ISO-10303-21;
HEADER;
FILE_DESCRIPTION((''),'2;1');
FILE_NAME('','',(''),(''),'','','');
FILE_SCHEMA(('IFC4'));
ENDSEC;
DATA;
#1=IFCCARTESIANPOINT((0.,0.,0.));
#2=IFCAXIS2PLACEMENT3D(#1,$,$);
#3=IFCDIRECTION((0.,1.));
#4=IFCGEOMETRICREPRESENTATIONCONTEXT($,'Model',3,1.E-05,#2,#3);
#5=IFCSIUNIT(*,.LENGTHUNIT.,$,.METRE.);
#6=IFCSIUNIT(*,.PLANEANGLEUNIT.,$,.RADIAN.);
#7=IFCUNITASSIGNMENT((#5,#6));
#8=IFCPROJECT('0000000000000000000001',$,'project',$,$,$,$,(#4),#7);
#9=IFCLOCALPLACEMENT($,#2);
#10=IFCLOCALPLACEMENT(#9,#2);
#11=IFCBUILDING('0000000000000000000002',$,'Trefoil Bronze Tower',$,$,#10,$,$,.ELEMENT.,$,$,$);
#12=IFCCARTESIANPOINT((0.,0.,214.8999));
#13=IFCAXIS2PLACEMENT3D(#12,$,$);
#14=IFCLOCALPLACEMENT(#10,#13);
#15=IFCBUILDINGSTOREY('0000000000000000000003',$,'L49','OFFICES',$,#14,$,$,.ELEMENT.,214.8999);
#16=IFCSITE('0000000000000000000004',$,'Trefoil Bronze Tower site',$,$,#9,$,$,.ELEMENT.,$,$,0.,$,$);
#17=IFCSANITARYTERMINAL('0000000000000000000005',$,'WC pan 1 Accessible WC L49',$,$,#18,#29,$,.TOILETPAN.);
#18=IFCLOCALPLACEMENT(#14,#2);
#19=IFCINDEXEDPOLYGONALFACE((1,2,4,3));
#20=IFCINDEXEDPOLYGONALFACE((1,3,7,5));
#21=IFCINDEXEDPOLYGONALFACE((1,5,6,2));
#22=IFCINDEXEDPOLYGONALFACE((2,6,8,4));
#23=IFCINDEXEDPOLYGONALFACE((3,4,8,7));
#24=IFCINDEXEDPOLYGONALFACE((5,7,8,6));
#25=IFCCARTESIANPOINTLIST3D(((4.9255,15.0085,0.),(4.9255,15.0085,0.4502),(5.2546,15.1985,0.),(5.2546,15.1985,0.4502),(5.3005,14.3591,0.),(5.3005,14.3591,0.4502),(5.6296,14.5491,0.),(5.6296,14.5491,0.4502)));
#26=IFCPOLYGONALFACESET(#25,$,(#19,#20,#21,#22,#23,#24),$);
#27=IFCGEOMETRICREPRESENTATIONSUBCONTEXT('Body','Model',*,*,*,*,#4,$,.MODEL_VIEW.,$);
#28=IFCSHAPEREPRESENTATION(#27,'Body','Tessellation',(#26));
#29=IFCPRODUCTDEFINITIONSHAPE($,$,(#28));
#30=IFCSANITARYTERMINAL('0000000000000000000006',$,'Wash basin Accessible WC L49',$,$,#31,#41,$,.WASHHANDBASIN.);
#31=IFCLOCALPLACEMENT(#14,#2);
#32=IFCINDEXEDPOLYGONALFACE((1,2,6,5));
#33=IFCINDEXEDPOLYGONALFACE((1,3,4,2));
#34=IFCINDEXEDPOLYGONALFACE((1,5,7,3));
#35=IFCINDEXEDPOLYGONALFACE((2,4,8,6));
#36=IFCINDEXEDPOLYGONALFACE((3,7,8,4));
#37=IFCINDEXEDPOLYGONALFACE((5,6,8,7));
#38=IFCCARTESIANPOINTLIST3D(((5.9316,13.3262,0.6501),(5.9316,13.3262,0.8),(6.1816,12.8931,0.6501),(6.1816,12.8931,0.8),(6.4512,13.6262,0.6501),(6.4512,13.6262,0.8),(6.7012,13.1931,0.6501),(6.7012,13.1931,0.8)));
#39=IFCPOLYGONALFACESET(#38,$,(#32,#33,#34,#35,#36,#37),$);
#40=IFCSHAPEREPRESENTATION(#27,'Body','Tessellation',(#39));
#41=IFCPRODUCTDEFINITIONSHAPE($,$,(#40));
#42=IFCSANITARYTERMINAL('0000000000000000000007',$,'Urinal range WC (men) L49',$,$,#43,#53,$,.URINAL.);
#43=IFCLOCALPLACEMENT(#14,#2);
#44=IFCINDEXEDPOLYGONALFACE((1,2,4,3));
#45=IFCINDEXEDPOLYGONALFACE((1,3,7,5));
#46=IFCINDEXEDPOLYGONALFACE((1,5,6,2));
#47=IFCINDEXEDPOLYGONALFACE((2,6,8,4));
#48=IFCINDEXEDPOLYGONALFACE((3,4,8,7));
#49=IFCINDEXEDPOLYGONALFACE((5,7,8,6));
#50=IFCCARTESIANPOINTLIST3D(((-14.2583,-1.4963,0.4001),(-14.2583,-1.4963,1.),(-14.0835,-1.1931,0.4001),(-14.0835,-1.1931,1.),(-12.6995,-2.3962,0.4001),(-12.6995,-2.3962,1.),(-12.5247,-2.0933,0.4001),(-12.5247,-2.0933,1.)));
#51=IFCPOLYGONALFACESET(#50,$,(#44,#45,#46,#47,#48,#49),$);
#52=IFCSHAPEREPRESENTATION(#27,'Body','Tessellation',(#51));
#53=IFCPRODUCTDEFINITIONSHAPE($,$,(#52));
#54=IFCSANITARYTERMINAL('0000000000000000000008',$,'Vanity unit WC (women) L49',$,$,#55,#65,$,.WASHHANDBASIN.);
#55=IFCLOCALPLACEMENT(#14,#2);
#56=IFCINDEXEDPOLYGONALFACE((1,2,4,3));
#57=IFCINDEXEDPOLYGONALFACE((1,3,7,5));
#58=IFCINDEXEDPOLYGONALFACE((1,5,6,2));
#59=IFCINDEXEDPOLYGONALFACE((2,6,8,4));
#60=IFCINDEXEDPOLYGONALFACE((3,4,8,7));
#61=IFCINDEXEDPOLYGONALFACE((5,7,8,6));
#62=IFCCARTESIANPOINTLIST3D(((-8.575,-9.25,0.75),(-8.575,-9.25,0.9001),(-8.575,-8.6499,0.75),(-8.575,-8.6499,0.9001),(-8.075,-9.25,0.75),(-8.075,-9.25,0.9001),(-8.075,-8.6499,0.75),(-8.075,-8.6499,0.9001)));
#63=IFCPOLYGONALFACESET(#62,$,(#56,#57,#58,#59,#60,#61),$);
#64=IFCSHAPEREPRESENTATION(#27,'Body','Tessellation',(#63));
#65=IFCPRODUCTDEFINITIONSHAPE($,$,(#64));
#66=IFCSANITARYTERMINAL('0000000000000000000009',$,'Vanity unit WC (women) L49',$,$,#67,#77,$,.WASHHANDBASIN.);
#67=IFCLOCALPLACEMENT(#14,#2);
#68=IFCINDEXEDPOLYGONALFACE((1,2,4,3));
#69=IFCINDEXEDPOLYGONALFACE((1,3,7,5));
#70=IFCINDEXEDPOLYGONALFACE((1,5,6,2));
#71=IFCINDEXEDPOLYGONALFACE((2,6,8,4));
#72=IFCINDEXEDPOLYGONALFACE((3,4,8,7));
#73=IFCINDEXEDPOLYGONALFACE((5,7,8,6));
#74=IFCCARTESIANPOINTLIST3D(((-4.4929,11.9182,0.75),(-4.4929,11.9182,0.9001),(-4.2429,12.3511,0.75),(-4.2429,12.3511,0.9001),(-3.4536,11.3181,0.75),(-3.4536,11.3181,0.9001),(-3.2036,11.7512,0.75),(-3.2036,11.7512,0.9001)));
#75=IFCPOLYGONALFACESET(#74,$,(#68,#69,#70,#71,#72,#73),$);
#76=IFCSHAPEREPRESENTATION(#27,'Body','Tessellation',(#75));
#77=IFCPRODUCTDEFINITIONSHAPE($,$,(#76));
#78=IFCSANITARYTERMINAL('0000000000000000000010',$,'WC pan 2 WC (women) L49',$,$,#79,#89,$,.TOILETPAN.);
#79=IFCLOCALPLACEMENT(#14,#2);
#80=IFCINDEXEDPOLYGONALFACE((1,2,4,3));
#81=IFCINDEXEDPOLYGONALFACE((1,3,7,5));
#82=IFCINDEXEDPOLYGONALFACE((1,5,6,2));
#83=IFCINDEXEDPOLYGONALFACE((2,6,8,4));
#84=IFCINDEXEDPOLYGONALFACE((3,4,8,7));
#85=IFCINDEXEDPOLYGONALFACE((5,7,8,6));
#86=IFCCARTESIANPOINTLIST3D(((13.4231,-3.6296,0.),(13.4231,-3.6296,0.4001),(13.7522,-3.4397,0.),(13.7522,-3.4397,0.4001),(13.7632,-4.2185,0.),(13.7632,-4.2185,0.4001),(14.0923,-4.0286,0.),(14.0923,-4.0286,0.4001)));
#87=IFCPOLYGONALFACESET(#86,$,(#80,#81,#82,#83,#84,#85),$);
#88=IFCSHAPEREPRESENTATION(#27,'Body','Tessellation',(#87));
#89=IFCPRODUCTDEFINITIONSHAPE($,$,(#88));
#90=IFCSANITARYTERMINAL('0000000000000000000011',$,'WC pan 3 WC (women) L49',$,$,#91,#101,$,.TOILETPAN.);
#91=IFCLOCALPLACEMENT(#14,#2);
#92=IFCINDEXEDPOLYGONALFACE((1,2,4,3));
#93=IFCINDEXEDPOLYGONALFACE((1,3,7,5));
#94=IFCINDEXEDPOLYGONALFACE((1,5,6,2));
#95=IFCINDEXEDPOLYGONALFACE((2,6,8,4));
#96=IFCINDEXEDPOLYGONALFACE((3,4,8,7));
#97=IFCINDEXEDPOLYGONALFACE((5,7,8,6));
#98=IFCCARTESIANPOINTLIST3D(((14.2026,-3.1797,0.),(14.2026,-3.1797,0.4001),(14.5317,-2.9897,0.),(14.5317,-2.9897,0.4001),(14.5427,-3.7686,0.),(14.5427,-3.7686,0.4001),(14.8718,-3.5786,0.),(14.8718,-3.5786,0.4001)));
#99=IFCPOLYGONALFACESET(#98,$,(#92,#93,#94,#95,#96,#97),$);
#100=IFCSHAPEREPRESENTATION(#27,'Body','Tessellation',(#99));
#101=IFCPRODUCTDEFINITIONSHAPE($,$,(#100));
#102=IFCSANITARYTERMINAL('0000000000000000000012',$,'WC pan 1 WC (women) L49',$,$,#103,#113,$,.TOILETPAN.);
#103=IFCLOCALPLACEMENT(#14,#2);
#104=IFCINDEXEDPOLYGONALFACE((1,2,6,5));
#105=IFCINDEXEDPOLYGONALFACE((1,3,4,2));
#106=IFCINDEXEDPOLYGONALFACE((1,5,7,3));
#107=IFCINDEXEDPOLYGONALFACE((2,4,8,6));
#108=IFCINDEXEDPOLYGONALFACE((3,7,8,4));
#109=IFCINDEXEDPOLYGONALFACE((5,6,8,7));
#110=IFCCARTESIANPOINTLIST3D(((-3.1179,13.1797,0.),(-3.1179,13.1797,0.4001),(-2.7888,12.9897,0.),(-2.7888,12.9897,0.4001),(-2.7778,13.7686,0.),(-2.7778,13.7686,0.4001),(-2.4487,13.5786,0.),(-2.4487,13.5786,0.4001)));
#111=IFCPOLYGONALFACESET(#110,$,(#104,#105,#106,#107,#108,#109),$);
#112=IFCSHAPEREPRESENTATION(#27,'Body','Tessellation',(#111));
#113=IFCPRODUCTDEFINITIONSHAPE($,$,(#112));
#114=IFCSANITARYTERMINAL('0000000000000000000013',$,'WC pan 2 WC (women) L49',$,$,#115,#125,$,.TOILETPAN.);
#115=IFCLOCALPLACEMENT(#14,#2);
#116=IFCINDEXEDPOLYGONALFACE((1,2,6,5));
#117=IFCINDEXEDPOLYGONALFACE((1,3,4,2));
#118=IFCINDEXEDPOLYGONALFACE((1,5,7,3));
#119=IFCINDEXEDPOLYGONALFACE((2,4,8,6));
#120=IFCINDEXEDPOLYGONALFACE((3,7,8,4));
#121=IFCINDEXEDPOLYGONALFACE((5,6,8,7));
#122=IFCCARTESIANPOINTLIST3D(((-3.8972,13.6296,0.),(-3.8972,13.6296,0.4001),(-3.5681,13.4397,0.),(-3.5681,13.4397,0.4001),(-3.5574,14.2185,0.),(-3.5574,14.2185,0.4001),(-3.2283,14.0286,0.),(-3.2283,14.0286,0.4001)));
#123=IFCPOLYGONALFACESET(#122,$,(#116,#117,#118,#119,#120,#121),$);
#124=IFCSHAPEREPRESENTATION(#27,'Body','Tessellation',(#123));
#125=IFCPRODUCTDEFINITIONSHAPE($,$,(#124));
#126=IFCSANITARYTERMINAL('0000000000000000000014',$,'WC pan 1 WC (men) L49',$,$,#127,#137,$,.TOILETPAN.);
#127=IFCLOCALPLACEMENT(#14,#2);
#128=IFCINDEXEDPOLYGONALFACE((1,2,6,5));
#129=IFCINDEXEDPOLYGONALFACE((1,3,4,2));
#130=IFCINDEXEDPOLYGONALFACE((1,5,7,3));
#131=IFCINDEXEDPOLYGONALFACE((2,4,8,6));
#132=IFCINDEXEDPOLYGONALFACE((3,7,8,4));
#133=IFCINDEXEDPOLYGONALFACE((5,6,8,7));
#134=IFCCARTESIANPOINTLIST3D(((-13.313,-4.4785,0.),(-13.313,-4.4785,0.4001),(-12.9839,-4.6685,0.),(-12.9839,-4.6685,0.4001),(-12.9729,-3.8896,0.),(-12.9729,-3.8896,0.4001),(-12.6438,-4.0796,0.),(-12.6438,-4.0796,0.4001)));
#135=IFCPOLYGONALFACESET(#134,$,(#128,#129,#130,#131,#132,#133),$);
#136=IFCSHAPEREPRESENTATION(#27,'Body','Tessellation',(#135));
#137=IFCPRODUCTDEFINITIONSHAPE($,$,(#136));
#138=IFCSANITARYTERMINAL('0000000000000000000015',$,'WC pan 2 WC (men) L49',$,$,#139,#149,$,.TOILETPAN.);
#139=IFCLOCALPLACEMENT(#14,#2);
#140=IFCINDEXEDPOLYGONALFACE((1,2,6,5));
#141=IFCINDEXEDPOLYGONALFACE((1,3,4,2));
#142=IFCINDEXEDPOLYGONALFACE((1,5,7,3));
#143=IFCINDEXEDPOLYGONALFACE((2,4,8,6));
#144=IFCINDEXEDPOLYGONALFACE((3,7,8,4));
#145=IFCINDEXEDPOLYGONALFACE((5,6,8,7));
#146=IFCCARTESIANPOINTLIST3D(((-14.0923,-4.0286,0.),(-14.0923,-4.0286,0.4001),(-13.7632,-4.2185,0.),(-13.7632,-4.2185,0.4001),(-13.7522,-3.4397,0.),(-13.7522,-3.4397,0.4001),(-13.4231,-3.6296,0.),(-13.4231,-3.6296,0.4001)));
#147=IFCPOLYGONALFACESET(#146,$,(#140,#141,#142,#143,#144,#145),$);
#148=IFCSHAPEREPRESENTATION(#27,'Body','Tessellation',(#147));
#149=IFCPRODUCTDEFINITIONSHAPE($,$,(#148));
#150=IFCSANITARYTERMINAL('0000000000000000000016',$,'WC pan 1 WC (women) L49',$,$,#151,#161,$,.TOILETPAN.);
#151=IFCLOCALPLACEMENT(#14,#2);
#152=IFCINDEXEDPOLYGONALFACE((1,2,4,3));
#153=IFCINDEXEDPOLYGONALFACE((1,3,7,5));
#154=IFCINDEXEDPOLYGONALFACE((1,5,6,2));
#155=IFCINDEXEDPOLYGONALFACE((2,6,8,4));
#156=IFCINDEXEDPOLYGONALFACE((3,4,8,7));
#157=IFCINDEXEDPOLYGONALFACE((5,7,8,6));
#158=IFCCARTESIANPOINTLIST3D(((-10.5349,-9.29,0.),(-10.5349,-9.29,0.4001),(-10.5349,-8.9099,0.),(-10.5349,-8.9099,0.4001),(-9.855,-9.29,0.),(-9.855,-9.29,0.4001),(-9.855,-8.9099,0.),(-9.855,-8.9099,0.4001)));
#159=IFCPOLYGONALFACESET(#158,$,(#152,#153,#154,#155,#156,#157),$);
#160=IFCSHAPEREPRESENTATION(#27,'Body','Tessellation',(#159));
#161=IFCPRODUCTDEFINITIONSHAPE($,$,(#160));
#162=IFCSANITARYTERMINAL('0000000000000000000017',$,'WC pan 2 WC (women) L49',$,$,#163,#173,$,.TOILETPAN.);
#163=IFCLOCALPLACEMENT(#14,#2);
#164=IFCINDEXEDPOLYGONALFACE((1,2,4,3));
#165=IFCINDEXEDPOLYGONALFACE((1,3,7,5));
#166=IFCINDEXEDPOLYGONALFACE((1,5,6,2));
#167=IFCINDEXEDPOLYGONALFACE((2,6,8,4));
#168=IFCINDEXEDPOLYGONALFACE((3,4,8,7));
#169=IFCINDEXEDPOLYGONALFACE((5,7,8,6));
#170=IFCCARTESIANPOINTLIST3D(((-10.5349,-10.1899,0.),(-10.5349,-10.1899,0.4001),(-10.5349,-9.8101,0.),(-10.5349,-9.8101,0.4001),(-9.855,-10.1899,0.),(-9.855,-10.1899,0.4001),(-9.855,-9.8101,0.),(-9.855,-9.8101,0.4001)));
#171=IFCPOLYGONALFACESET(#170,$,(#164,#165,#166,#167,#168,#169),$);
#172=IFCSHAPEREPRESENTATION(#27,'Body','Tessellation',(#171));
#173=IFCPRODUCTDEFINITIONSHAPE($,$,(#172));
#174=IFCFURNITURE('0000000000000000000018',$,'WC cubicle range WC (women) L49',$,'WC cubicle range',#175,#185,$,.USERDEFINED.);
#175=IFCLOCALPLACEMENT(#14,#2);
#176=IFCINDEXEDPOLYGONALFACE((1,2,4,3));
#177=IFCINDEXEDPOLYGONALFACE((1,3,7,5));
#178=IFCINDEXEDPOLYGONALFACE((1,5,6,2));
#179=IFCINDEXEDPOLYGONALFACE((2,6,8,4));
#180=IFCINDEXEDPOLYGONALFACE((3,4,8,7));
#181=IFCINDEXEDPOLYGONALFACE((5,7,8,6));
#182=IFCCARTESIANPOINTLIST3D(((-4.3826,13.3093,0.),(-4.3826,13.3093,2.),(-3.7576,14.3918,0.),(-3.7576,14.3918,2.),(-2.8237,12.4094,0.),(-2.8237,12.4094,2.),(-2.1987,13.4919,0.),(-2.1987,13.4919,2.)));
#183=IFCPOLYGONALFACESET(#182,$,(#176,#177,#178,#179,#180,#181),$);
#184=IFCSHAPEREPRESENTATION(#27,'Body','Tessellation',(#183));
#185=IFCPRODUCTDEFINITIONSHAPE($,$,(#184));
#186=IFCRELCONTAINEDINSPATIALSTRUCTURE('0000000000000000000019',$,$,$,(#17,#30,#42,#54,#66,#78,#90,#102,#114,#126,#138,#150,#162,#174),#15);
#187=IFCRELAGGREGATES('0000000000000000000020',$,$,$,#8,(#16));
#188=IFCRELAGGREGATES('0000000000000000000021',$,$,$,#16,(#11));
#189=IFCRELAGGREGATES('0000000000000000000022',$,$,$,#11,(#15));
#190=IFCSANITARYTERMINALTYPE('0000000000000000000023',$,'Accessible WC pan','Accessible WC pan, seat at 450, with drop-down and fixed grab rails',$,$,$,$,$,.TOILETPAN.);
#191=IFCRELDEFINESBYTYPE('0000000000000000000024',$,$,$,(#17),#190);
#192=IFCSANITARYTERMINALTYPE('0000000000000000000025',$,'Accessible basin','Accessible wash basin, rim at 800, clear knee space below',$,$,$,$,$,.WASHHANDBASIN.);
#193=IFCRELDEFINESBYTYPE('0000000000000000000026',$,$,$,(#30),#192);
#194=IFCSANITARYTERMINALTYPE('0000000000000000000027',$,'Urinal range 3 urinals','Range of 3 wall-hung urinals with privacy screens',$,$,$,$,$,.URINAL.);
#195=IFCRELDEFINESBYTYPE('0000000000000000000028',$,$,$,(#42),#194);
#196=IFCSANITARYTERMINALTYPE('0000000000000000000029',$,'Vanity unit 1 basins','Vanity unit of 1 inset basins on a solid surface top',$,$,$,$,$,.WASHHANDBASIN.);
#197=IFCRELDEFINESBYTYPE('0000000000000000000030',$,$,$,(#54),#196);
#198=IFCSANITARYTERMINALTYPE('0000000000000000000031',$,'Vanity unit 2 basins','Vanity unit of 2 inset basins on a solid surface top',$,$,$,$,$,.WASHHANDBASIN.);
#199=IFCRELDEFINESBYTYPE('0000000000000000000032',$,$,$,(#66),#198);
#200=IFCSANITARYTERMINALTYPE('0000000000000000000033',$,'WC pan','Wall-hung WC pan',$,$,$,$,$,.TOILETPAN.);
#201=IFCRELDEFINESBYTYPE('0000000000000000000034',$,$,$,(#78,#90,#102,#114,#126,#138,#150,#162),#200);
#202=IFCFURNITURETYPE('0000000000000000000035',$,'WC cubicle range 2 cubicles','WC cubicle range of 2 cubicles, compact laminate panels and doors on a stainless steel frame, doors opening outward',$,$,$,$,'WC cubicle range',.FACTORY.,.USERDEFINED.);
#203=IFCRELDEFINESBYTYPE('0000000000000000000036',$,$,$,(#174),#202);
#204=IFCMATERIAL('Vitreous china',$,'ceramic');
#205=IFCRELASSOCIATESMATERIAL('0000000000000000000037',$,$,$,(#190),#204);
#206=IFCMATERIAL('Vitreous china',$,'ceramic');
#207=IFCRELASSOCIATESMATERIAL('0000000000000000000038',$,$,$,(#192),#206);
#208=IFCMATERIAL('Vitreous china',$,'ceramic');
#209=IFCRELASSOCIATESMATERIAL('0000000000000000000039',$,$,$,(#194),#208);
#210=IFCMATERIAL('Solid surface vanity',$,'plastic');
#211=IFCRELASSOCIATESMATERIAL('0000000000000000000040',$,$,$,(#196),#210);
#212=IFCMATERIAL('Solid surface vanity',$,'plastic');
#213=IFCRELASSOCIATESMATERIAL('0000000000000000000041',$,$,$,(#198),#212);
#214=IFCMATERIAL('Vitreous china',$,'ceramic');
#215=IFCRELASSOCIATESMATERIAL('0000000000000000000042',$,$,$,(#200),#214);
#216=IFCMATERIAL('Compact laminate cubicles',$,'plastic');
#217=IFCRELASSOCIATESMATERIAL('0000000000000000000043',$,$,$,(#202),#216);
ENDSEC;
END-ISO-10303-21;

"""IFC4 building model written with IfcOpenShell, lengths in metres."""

from ifc_helpers import new_model, si_unit, direction, frame, origin, place, context, subcontext, project, spatial, polyline, outline, extrude, material, type_object, element, save


model = new_model("IFC4")

# Units and contexts
model_context = context("Model", 3, precision=1e-05, world=origin(), true_north=direction((0.0, 1.0)))
body_context = subcontext(model_context, "Body", "Model", "MODEL_VIEW")
ifc_project = project(units=[si_unit("LENGTHUNIT", "METRE"), si_unit("PLANEANGLEUNIT", "RADIAN")], contexts=[model_context])

# Site, building, storey
site_placement = place(None, origin())
site = spatial("IfcSite", under=ifc_project, at=site_placement, Name="Trefoil Bronze Tower site", CompositionType="ELEMENT", RefElevation=0.0)
building_placement = place(site_placement, origin())
building = spatial("IfcBuilding", under=site, at=building_placement, Name="Trefoil Bronze Tower", CompositionType="ELEMENT")
storey_placement = place(building_placement, frame((0.0, 0.0, 214.8999)))
storey = spatial("IfcBuildingStorey", under=building, at=storey_placement, Name="L49", Description="OFFICES", CompositionType="ELEMENT", Elevation=214.8999)

# Sanitary terminals
ifc_material_1 = material(Name="Vitreous china", Category="ceramic")
sanitary_terminal_type_1 = type_object("IfcSanitaryTerminalType", Name="Accessible WC pan", Description="Accessible WC pan, seat at 450, with drop-down and fixed grab rails", PredefinedType="TOILETPAN", material=ifc_material_1)
sanitary_terminal_1_placement = place(storey_placement, origin())
element("IfcSanitaryTerminal", 1, at=sanitary_terminal_1_placement, inside=storey, type_object=sanitary_terminal_type_1, Name="WC pan 1 Accessible WC L49", PredefinedType="TOILETPAN", context=body_context, shape_type="SweptSolid", body=[
    extrude(outline(polyline([(5.3005, 14.3591), (4.9255, 15.0085), (5.2546, 15.1985), (5.6296, 14.5491), (5.3005, 14.3591)])), origin(), (0.0, 0.0, 1.0), 0.4502),
])
ifc_material_2 = material(Name="Vitreous china", Category="ceramic")
sanitary_terminal_type_2 = type_object("IfcSanitaryTerminalType", Name="Accessible basin", Description="Accessible wash basin, rim at 800, clear knee space below", PredefinedType="WASHHANDBASIN", material=ifc_material_2)
sanitary_terminal_2_placement = place(storey_placement, frame((0.0, 0.0, 0.6501)))
element("IfcSanitaryTerminal", 2, at=sanitary_terminal_2_placement, inside=storey, type_object=sanitary_terminal_type_2, Name="Wash basin Accessible WC L49", PredefinedType="WASHHANDBASIN", context=body_context, shape_type="SweptSolid", body=[
    extrude(outline(polyline([(6.1816, 12.8931), (5.9316, 13.3262), (6.4512, 13.6262), (6.7012, 13.1931), (6.1816, 12.8931)])), origin(), (0.0, 0.0, 1.0), 0.1499),
])
ifc_material_3 = material(Name="Vitreous china", Category="ceramic")
sanitary_terminal_type_3 = type_object("IfcSanitaryTerminalType", Name="Urinal range 3 urinals", Description="Range of 3 wall-hung urinals with privacy screens", PredefinedType="URINAL", material=ifc_material_3)
sanitary_terminal_3_placement = place(storey_placement, frame((0.0, 0.0, 0.4001)))
element("IfcSanitaryTerminal", 3, at=sanitary_terminal_3_placement, inside=storey, type_object=sanitary_terminal_type_3, Name="Urinal range WC (men) L49", PredefinedType="URINAL", context=body_context, shape_type="SweptSolid", body=[
    extrude(outline(polyline([(-12.5247, -2.0933), (-12.6995, -2.3962), (-14.2583, -1.4963), (-14.0835, -1.1931), (-12.5247, -2.0933)])), origin(), (0.0, 0.0, 1.0), 0.5999),
])
ifc_material_4 = material(Name="Solid surface vanity", Category="plastic")
sanitary_terminal_type_4 = type_object("IfcSanitaryTerminalType", Name="Vanity unit 1 basins", Description="Vanity unit of 1 inset basins on a solid surface top", PredefinedType="WASHHANDBASIN", material=ifc_material_4)
sanitary_terminal_4_placement = place(storey_placement, frame((0.0, 0.0, 0.75)))
element("IfcSanitaryTerminal", 4, at=sanitary_terminal_4_placement, inside=storey, type_object=sanitary_terminal_type_4, Name="Vanity unit WC (women) L49", PredefinedType="WASHHANDBASIN", context=body_context, shape_type="SweptSolid", body=[
    extrude(outline(polyline([(-8.075, -8.6499), (-8.575, -8.6499), (-8.575, -9.25), (-8.075, -9.25), (-8.075, -8.6499)])), origin(), (0.0, 0.0, 1.0), 0.1501),
])
ifc_material_5 = material(Name="Solid surface vanity", Category="plastic")
sanitary_terminal_type_5 = type_object("IfcSanitaryTerminalType", Name="Vanity unit 2 basins", Description="Vanity unit of 2 inset basins on a solid surface top", PredefinedType="WASHHANDBASIN", material=ifc_material_5)
sanitary_terminal_5_placement = place(storey_placement, frame((0.0, 0.0, 0.75)))
element("IfcSanitaryTerminal", 5, at=sanitary_terminal_5_placement, inside=storey, type_object=sanitary_terminal_type_5, Name="Vanity unit WC (women) L49", PredefinedType="WASHHANDBASIN", context=body_context, shape_type="SweptSolid", body=[
    extrude(outline(polyline([(-3.4536, 11.3181), (-3.2036, 11.7512), (-4.2429, 12.3511), (-4.4929, 11.9182), (-3.4536, 11.3181)])), origin(), (0.0, 0.0, 1.0), 0.1501),
])
ifc_material_6 = material(Name="Vitreous china", Category="ceramic")
sanitary_terminal_type_6 = type_object("IfcSanitaryTerminalType", Name="WC pan", Description="Wall-hung WC pan", PredefinedType="TOILETPAN", material=ifc_material_6)
sanitary_terminal_6_placement = place(storey_placement, origin())
element("IfcSanitaryTerminal", 6, at=sanitary_terminal_6_placement, inside=storey, type_object=sanitary_terminal_type_6, Name="WC pan 2 WC (women) L49", PredefinedType="TOILETPAN", context=body_context, shape_type="SweptSolid", body=[
    extrude(outline(polyline([(13.4231, -3.6296), (13.7632, -4.2185), (14.0923, -4.0286), (13.7522, -3.4397), (13.4231, -3.6296)])), origin(), (0.0, 0.0, 1.0), 0.4001),
])
sanitary_terminal_7_placement = place(storey_placement, origin())
element("IfcSanitaryTerminal", 7, at=sanitary_terminal_7_placement, inside=storey, type_object=sanitary_terminal_type_6, Name="WC pan 3 WC (women) L49", PredefinedType="TOILETPAN", context=body_context, shape_type="SweptSolid", body=[
    extrude(outline(polyline([(14.2026, -3.1797), (14.5427, -3.7686), (14.8718, -3.5786), (14.5317, -2.9897), (14.2026, -3.1797)])), origin(), (0.0, 0.0, 1.0), 0.4001),
])
sanitary_terminal_8_placement = place(storey_placement, origin())
element("IfcSanitaryTerminal", 8, at=sanitary_terminal_8_placement, inside=storey, type_object=sanitary_terminal_type_6, Name="WC pan 1 WC (women) L49", PredefinedType="TOILETPAN", context=body_context, shape_type="SweptSolid", body=[
    extrude(outline(polyline([(-2.7888, 12.9897), (-2.4487, 13.5786), (-2.7778, 13.7686), (-3.1179, 13.1797), (-2.7888, 12.9897)])), origin(), (0.0, 0.0, 1.0), 0.4001),
])
sanitary_terminal_9_placement = place(storey_placement, origin())
element("IfcSanitaryTerminal", 9, at=sanitary_terminal_9_placement, inside=storey, type_object=sanitary_terminal_type_6, Name="WC pan 2 WC (women) L49", PredefinedType="TOILETPAN", context=body_context, shape_type="SweptSolid", body=[
    extrude(outline(polyline([(-3.5681, 13.4397), (-3.2283, 14.0286), (-3.5574, 14.2185), (-3.8972, 13.6296), (-3.5681, 13.4397)])), origin(), (0.0, 0.0, 1.0), 0.4001),
])
sanitary_terminal_10_placement = place(storey_placement, origin())
element("IfcSanitaryTerminal", 10, at=sanitary_terminal_10_placement, inside=storey, type_object=sanitary_terminal_type_6, Name="WC pan 1 WC (men) L49", PredefinedType="TOILETPAN", context=body_context, shape_type="SweptSolid", body=[
    extrude(outline(polyline([(-12.6438, -4.0796), (-12.9839, -4.6685), (-13.313, -4.4785), (-12.9729, -3.8896), (-12.6438, -4.0796)])), origin(), (0.0, 0.0, 1.0), 0.4001),
])
sanitary_terminal_11_placement = place(storey_placement, origin())
element("IfcSanitaryTerminal", 11, at=sanitary_terminal_11_placement, inside=storey, type_object=sanitary_terminal_type_6, Name="WC pan 2 WC (men) L49", PredefinedType="TOILETPAN", context=body_context, shape_type="SweptSolid", body=[
    extrude(outline(polyline([(-13.4231, -3.6296), (-13.7632, -4.2185), (-14.0923, -4.0286), (-13.7522, -3.4397), (-13.4231, -3.6296)])), origin(), (0.0, 0.0, 1.0), 0.4001),
])
sanitary_terminal_12_placement = place(storey_placement, origin())
element("IfcSanitaryTerminal", 12, at=sanitary_terminal_12_placement, inside=storey, type_object=sanitary_terminal_type_6, Name="WC pan 1 WC (women) L49", PredefinedType="TOILETPAN", context=body_context, shape_type="SweptSolid", body=[
    extrude(outline(polyline([(-9.855, -8.9099), (-10.5349, -8.9099), (-10.5349, -9.29), (-9.855, -9.29), (-9.855, -8.9099)])), origin(), (0.0, 0.0, 1.0), 0.4001),
])
sanitary_terminal_13_placement = place(storey_placement, origin())
element("IfcSanitaryTerminal", 13, at=sanitary_terminal_13_placement, inside=storey, type_object=sanitary_terminal_type_6, Name="WC pan 2 WC (women) L49", PredefinedType="TOILETPAN", context=body_context, shape_type="SweptSolid", body=[
    extrude(outline(polyline([(-9.855, -9.8101), (-10.5349, -9.8101), (-10.5349, -10.1899), (-9.855, -10.1899), (-9.855, -9.8101)])), origin(), (0.0, 0.0, 1.0), 0.4001),
])

# Furniture
ifc_material_7 = material(Name="Compact laminate cubicles", Category="plastic")
furniture_type = type_object("IfcFurnitureType", Name="WC cubicle range 2 cubicles", Description="WC cubicle range of 2 cubicles, compact laminate panels and doors on a stainless steel frame, doors opening outward", ElementType="WC cubicle range", AssemblyPlace="FACTORY", PredefinedType="USERDEFINED", material=ifc_material_7)
furniture_1_placement = place(storey_placement, origin())
element("IfcFurniture", 14, at=furniture_1_placement, inside=storey, type_object=furniture_type, Name="WC cubicle range WC (women) L49", ObjectType="WC cubicle range", PredefinedType="USERDEFINED", context=body_context, shape_type="SweptSolid", body=[
    extrude(outline(polyline([(-2.8237, 12.4094), (-2.1987, 13.4919), (-3.7576, 14.3918), (-4.3826, 13.3093), (-2.8237, 12.4094)])), origin(), (0.0, 0.0, 1.0), 2.0),
])

save(model, "model.ifc")
